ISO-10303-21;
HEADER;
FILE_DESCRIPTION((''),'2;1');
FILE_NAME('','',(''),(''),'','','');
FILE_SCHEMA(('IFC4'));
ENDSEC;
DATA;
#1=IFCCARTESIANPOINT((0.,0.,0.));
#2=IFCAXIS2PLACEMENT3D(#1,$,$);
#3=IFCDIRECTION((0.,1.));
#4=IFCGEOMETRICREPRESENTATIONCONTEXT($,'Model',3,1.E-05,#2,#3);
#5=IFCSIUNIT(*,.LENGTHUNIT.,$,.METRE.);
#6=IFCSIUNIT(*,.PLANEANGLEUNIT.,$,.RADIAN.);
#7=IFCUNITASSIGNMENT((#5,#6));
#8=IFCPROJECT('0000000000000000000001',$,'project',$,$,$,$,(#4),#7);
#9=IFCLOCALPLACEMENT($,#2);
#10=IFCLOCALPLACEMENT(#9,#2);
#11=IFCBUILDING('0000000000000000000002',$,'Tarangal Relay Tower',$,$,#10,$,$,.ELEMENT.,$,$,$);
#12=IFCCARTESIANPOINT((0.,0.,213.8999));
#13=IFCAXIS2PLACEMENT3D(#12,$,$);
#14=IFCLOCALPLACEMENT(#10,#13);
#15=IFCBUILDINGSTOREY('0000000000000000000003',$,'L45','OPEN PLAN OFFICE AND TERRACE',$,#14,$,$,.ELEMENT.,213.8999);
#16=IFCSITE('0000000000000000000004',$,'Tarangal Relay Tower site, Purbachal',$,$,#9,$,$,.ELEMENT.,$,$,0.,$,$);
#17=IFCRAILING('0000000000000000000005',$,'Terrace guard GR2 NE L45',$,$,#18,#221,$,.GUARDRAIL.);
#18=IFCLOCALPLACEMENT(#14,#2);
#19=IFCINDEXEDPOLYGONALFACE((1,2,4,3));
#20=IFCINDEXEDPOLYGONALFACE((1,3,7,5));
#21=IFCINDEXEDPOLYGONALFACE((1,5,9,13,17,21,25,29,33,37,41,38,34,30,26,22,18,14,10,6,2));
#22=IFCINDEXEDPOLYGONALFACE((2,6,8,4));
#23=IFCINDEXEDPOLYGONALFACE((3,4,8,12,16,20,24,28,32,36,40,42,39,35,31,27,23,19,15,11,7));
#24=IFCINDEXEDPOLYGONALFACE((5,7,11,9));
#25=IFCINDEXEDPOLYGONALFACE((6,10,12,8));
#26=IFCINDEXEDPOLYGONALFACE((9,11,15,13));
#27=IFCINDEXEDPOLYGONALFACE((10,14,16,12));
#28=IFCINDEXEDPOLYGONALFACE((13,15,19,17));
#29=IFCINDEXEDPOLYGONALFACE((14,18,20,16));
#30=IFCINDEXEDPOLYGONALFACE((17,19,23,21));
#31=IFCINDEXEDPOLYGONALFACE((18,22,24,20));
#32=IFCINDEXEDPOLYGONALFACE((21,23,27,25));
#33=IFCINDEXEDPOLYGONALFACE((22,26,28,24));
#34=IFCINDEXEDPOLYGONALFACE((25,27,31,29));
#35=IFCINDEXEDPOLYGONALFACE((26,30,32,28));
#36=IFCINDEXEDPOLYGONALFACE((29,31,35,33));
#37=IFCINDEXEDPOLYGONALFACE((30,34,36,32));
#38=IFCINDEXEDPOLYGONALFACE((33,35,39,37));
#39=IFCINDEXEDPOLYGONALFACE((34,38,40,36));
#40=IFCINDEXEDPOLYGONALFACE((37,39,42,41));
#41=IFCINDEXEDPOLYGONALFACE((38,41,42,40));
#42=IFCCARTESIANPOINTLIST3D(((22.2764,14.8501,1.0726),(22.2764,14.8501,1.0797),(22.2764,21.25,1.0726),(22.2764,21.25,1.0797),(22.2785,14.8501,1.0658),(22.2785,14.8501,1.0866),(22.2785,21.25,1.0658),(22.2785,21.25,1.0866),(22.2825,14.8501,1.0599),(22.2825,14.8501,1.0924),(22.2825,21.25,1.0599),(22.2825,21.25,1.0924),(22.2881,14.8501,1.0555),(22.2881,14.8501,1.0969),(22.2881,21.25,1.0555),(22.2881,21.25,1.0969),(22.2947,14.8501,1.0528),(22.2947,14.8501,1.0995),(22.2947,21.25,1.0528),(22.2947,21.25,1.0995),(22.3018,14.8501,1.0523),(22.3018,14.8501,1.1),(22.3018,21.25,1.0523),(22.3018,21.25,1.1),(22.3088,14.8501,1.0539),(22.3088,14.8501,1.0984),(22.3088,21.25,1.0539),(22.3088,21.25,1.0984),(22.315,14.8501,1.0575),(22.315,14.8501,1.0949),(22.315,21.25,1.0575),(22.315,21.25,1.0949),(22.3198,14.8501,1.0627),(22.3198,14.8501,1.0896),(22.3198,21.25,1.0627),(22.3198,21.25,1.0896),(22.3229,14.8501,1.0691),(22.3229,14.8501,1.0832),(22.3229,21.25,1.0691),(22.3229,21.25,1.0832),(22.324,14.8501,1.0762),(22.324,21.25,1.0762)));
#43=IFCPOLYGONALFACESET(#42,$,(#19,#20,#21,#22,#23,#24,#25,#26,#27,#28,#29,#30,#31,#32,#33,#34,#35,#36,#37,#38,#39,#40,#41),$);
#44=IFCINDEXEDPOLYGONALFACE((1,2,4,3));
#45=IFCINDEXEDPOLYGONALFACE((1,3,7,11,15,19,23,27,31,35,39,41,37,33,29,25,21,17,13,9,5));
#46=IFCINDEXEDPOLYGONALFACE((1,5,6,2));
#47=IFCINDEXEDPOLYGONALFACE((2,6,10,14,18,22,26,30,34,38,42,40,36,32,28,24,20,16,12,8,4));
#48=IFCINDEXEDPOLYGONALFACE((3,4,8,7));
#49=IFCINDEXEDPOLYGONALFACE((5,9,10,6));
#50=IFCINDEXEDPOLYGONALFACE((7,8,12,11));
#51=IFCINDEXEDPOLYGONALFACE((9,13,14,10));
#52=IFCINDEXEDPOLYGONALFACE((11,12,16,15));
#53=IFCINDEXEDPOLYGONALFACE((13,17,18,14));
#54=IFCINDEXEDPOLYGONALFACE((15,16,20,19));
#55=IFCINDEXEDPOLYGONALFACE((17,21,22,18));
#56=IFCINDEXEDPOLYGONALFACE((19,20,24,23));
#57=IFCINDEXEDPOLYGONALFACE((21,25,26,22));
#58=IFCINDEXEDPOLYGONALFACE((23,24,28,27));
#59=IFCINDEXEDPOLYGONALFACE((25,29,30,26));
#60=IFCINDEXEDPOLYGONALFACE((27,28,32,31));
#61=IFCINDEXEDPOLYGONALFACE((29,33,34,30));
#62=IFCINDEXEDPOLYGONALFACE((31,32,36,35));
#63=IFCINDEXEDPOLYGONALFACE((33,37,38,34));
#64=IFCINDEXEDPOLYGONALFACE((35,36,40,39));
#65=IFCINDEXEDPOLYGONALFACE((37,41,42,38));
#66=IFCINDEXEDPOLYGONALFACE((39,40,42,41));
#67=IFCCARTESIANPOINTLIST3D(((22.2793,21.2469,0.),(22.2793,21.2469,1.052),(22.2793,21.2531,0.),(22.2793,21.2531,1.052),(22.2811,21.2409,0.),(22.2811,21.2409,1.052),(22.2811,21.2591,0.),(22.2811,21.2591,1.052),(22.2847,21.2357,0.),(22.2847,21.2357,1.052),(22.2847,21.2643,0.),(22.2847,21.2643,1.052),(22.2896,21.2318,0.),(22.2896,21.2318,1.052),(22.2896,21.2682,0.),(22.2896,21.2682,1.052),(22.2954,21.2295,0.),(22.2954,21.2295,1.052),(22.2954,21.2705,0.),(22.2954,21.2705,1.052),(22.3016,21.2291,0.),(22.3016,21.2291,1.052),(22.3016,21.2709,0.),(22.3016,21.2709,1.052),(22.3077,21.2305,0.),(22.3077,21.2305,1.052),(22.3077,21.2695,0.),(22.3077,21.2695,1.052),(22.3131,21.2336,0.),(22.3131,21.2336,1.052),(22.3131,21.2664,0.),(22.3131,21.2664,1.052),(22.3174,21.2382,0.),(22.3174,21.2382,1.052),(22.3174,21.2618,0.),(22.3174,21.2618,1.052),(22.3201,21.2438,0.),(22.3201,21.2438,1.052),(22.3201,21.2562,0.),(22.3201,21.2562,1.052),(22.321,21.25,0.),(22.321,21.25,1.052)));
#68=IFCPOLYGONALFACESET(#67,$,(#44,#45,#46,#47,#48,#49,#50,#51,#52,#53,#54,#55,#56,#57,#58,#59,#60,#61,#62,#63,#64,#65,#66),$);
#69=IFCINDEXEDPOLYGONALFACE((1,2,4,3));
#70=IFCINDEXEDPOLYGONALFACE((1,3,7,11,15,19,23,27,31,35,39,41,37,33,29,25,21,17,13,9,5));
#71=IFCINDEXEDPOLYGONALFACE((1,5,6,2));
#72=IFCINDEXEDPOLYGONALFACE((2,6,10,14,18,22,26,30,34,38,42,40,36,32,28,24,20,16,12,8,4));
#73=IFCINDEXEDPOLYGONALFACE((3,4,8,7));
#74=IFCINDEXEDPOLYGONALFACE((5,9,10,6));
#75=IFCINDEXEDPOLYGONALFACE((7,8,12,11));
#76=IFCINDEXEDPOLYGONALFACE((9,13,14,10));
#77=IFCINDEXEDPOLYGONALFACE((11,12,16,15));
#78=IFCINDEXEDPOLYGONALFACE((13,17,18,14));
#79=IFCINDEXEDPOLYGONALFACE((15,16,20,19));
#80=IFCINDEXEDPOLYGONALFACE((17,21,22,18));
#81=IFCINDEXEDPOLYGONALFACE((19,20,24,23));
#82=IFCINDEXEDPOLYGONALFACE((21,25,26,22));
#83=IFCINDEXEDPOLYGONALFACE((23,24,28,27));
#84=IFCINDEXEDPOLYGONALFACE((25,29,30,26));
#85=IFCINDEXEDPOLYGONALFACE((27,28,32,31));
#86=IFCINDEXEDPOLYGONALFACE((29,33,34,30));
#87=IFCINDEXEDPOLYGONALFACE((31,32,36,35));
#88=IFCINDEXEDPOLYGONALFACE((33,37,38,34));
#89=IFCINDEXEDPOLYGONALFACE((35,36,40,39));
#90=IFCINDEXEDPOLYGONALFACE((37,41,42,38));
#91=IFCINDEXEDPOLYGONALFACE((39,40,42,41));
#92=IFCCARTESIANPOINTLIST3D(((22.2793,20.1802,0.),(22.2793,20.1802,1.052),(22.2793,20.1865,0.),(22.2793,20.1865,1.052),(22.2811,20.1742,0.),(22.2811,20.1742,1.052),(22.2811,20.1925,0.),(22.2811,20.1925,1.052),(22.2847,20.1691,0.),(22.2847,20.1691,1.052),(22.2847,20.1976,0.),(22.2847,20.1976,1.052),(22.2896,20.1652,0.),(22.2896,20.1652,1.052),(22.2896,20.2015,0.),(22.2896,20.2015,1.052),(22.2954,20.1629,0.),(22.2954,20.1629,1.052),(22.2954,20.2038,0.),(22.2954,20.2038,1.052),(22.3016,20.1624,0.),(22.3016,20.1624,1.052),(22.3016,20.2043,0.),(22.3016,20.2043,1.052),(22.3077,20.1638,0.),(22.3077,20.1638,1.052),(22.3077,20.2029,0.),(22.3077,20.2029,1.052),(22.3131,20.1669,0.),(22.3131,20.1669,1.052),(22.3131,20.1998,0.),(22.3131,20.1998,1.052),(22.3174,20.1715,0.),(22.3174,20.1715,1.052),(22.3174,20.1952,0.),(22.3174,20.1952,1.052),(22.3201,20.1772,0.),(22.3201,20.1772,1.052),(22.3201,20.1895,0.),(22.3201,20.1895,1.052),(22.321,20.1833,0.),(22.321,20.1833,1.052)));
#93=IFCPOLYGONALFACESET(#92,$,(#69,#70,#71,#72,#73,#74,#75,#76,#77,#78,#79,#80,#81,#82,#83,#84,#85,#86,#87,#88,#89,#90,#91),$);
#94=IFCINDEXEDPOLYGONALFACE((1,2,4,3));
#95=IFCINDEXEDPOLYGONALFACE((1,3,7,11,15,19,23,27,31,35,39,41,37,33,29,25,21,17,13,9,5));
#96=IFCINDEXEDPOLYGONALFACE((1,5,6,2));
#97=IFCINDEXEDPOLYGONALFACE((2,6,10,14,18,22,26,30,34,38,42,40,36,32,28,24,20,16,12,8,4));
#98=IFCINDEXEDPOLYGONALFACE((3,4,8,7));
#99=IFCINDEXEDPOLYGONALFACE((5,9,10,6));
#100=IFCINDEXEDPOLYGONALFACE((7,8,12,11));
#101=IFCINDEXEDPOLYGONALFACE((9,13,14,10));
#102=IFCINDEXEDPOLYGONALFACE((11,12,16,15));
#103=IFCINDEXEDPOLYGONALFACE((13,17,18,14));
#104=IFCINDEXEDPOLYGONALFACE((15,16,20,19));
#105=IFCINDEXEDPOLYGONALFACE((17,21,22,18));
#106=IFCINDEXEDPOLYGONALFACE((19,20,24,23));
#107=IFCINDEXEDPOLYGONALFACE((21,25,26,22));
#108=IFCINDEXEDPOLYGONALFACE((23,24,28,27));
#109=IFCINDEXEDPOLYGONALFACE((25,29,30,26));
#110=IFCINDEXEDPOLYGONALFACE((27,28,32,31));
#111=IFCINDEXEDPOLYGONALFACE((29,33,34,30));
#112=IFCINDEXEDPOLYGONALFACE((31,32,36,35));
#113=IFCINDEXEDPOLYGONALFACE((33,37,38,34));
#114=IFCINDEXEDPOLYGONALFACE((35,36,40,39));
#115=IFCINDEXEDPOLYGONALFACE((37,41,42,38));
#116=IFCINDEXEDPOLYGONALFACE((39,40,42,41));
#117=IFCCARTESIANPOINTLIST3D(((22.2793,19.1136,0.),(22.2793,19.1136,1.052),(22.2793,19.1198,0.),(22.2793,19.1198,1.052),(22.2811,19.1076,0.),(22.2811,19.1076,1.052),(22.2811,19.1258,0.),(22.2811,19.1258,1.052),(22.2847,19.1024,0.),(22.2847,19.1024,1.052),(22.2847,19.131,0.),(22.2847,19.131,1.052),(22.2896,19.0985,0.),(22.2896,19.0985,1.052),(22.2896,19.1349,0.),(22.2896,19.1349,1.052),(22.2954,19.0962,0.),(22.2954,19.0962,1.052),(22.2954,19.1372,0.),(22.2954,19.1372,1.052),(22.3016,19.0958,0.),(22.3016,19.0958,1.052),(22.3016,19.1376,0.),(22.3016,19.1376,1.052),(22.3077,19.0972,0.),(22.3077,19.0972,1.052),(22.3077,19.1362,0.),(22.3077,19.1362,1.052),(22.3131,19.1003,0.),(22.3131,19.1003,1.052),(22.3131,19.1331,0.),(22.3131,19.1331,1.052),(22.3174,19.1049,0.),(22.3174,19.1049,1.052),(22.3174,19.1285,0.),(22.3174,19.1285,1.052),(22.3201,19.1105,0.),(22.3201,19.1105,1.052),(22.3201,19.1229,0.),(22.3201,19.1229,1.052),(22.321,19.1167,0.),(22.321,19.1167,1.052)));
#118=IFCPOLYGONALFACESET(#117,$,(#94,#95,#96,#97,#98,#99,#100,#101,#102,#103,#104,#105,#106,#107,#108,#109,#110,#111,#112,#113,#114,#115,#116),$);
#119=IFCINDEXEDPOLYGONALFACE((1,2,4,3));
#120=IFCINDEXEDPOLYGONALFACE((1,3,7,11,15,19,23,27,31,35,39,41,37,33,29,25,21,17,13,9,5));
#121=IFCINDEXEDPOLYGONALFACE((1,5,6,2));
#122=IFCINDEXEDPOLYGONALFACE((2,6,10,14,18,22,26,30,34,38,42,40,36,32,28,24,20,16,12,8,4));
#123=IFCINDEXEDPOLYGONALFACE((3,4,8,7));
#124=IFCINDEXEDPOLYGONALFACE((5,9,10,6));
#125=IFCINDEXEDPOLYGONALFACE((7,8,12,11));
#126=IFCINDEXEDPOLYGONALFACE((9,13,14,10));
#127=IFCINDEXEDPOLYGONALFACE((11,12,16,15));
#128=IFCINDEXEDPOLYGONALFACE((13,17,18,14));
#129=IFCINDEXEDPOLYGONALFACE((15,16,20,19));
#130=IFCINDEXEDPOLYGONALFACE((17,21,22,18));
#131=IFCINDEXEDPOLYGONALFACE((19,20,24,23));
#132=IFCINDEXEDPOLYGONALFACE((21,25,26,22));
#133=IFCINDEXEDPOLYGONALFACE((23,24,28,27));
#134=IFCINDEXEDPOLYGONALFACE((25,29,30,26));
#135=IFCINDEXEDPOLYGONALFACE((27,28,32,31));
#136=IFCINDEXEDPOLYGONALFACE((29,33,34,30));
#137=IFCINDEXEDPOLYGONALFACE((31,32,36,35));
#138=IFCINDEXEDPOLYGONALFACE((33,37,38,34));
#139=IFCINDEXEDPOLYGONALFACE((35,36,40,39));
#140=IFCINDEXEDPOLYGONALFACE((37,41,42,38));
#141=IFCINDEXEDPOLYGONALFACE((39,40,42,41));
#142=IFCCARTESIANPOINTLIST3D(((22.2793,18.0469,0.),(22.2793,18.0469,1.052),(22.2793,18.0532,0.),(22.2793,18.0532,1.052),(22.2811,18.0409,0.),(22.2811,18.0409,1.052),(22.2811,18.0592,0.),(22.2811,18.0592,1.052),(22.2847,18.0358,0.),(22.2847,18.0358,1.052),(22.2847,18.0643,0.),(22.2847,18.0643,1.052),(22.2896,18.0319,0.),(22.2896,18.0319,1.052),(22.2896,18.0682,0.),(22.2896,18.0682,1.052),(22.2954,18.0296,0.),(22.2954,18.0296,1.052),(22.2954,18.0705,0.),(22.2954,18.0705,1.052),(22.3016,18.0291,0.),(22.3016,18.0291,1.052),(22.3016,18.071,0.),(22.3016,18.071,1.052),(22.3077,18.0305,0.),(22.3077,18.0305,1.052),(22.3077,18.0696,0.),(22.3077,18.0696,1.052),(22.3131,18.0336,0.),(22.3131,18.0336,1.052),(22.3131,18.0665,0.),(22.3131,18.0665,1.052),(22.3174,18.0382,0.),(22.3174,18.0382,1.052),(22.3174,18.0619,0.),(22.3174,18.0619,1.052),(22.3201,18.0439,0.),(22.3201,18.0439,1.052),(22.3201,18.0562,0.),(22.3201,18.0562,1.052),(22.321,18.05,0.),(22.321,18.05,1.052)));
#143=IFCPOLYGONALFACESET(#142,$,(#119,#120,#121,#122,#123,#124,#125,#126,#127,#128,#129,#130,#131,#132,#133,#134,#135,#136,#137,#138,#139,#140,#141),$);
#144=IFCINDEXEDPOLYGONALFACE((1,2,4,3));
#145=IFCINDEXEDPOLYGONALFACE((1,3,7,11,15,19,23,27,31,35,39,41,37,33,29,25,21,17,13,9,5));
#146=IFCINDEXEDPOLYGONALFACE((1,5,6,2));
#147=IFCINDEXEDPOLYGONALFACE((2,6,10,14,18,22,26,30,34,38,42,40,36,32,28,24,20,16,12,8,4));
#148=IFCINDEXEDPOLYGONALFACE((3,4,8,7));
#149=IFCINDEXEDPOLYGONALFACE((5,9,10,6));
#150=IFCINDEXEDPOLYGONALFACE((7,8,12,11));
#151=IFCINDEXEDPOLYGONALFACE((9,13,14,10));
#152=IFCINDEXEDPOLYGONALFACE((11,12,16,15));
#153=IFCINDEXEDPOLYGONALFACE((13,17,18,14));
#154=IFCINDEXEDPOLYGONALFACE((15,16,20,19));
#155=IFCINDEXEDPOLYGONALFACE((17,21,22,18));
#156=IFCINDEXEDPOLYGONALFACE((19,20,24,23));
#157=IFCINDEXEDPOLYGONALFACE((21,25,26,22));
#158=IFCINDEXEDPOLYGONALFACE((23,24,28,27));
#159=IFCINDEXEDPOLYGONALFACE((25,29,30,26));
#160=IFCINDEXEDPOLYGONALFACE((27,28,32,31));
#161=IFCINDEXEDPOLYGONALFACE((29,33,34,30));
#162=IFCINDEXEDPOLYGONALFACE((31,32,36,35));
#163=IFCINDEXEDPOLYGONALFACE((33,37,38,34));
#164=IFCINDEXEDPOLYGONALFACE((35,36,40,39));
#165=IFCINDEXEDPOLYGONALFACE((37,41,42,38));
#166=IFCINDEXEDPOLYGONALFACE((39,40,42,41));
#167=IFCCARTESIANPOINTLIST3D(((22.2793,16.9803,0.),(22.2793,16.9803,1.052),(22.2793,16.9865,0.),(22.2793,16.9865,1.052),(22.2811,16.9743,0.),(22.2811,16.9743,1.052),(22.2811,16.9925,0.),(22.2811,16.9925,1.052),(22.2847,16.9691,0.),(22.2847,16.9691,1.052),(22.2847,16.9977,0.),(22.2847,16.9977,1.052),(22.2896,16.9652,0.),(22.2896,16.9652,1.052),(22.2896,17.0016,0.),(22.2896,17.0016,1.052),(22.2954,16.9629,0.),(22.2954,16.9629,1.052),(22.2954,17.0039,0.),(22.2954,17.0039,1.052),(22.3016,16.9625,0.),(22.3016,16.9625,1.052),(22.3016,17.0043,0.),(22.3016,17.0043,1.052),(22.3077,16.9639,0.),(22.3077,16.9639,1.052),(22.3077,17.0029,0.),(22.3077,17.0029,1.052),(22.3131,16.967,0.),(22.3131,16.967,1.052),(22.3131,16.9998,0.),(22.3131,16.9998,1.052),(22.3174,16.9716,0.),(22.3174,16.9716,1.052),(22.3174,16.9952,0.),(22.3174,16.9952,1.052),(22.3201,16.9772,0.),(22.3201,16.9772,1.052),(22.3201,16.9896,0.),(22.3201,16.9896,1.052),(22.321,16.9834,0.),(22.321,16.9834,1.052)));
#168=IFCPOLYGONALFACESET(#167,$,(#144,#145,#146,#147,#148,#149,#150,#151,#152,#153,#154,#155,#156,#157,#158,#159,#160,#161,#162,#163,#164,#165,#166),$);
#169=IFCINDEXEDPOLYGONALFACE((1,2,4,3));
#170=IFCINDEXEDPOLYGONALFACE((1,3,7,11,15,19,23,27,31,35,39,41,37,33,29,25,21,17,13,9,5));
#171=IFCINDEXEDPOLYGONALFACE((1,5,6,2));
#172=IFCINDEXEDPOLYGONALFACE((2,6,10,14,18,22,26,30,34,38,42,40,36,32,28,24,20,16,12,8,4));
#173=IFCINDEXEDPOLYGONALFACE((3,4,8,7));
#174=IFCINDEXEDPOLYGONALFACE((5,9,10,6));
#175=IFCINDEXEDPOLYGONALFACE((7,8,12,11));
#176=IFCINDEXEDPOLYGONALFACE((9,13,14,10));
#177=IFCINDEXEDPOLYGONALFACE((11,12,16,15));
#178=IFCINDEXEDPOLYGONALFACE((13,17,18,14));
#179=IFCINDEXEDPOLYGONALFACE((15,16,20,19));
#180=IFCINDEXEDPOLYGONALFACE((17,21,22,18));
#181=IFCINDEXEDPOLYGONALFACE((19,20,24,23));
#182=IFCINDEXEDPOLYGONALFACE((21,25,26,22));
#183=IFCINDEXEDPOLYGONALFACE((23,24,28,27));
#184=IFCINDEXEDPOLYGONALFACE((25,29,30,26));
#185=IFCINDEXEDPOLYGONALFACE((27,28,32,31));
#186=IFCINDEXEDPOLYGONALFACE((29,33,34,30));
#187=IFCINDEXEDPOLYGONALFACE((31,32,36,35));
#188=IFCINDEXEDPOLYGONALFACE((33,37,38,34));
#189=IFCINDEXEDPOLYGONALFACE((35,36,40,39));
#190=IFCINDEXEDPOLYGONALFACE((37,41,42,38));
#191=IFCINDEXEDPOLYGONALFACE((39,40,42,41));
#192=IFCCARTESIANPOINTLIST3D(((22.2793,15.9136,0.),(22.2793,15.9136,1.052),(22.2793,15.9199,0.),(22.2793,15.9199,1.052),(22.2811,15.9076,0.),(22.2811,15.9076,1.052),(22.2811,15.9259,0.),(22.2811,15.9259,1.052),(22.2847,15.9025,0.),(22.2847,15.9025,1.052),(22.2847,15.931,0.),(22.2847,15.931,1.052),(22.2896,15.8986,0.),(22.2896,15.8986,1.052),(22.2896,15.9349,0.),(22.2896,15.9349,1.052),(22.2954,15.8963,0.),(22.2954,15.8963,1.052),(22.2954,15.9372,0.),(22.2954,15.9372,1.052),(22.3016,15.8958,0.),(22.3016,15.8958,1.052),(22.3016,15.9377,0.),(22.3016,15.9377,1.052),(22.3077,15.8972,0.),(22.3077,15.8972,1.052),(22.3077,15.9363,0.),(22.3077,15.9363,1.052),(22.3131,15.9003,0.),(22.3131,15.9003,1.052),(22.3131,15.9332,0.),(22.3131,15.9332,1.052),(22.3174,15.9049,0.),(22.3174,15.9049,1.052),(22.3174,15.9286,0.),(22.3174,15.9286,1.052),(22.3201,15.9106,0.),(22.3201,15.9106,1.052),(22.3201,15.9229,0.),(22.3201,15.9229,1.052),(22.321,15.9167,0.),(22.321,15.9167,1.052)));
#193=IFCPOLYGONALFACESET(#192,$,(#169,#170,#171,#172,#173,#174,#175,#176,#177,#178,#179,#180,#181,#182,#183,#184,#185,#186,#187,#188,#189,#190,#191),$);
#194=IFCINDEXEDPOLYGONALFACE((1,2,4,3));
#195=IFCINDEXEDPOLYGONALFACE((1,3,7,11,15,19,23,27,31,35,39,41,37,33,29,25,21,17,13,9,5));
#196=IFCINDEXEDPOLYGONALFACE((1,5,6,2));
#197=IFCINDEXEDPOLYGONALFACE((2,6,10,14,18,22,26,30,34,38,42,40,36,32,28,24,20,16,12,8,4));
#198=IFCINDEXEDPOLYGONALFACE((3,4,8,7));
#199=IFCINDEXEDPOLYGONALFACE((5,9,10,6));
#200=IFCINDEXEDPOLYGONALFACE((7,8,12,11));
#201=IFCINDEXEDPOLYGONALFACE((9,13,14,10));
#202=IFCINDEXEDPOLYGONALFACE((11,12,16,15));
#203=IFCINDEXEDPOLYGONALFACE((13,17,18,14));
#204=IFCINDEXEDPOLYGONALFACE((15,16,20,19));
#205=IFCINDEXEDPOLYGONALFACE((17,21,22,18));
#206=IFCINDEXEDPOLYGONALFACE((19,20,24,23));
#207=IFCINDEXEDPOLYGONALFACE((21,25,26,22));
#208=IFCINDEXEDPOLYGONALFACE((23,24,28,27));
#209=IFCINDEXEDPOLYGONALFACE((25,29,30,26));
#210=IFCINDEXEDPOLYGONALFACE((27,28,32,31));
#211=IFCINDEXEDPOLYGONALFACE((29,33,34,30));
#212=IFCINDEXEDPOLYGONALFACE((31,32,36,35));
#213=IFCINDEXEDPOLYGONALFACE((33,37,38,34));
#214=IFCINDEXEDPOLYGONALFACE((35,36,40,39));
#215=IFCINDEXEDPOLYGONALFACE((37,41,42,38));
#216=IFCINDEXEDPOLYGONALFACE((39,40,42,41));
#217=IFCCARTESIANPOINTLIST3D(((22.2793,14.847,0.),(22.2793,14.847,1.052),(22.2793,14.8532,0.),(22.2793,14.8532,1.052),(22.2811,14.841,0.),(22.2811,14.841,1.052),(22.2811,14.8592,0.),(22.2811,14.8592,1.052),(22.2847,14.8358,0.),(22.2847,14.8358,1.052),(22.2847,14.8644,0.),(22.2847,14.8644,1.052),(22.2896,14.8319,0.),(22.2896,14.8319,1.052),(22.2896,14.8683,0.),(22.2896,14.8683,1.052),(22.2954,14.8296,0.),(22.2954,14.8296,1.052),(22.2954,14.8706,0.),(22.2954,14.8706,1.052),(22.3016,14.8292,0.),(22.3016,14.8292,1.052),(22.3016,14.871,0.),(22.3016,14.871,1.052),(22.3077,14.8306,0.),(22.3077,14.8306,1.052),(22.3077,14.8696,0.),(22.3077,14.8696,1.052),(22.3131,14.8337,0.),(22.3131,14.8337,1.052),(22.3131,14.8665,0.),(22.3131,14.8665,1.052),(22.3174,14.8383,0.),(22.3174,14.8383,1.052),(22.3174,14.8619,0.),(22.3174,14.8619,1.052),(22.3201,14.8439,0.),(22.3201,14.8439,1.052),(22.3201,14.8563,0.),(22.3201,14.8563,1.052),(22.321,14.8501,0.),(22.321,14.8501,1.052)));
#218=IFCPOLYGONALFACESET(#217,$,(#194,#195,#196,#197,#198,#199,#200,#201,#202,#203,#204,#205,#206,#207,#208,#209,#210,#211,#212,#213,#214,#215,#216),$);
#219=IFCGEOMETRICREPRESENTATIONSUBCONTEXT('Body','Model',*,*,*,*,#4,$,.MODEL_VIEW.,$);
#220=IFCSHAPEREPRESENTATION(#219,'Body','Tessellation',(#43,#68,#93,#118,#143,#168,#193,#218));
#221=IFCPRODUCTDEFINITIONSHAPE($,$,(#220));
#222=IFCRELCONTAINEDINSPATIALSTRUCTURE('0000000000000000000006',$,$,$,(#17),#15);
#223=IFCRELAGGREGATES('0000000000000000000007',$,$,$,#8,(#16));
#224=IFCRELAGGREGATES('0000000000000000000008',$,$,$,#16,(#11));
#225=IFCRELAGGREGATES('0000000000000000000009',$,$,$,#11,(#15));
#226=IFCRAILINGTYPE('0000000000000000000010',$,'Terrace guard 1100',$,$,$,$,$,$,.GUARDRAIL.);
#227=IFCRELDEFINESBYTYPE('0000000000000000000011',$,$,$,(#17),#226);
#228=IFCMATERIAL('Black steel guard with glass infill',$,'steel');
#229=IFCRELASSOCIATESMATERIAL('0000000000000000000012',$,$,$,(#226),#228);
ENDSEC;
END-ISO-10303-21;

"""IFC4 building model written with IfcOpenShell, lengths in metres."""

from ifc_helpers import new_model, si_unit, direction, frame, origin, origin_2d, place, context, subcontext, project, spatial, circle, extrude, material, type_object, element, save


model = new_model("IFC4")

# Units and contexts
model_context = context("Model", 3, precision=1e-05, world=origin(), true_north=direction((0.0, 1.0)))
body_context = subcontext(model_context, "Body", "Model", "MODEL_VIEW")
ifc_project = project(units=[si_unit("LENGTHUNIT", "METRE"), si_unit("PLANEANGLEUNIT", "RADIAN")], contexts=[model_context])

# Site, building, storey
site_placement = place(None, origin())
site = spatial("IfcSite", under=ifc_project, at=site_placement, Name="Tarangal Relay Tower site, Purbachal", CompositionType="ELEMENT", RefElevation=0.0)
building_placement = place(site_placement, origin())
building = spatial("IfcBuilding", under=site, at=building_placement, Name="Tarangal Relay Tower", CompositionType="ELEMENT")
storey_placement = place(building_placement, frame((0.0, 0.0, 213.8999)))
storey = spatial("IfcBuildingStorey", under=building, at=storey_placement, Name="L45", Description="OPEN PLAN OFFICE AND TERRACE", CompositionType="ELEMENT", Elevation=213.8999)

# Railing
ifc_material_1 = material(Name="Black steel guard with glass infill", Category="steel")
railing_type = type_object("IfcRailingType", Name="Terrace guard 1100", PredefinedType="GUARDRAIL", material=ifc_material_1)
railing_1_placement = place(storey_placement, frame((22.3, 21.25, 0.0)))
element("IfcRailing", 1, at=railing_1_placement, inside=storey, type_object=railing_type, Name="Terrace guard GR2 NE L45", PredefinedType="GUARDRAIL", context=body_context, shape_type="SweptSolid", body=[
    extrude(circle(Radius=0.0239, at=origin_2d()), frame((0.0, 0.0, 1.0762), z_axis=(0.0, -1.0, 0.0), x_axis=(1.0, 0.0, 0.0)), (0.0, 0.0, 1.0), 6.3999),
    extrude(circle(Radius=0.021, at=origin_2d()), origin(), (0.0, 0.0, 1.0), 1.052),
    extrude(circle(Radius=0.021, at=origin_2d()), frame((0.0, -1.0667, 0.0)), (0.0, 0.0, 1.0), 1.052),
    extrude(circle(Radius=0.021, at=origin_2d()), frame((0.0, -2.1333, 0.0)), (0.0, 0.0, 1.0), 1.052),
    extrude(circle(Radius=0.021, at=origin_2d()), frame((0.0, -3.2, 0.0)), (0.0, 0.0, 1.0), 1.052),
    extrude(circle(Radius=0.021, at=origin_2d()), frame((0.0, -4.2666, 0.0)), (0.0, 0.0, 1.0), 1.052),
    extrude(circle(Radius=0.021, at=origin_2d()), frame((0.0, -5.3333, 0.0)), (0.0, 0.0, 1.0), 1.052),
    extrude(circle(Radius=0.021, at=origin_2d()), frame((0.0, -6.3999, 0.0)), (0.0, 0.0, 1.0), 1.052),
])

save(model, "model.ifc")
